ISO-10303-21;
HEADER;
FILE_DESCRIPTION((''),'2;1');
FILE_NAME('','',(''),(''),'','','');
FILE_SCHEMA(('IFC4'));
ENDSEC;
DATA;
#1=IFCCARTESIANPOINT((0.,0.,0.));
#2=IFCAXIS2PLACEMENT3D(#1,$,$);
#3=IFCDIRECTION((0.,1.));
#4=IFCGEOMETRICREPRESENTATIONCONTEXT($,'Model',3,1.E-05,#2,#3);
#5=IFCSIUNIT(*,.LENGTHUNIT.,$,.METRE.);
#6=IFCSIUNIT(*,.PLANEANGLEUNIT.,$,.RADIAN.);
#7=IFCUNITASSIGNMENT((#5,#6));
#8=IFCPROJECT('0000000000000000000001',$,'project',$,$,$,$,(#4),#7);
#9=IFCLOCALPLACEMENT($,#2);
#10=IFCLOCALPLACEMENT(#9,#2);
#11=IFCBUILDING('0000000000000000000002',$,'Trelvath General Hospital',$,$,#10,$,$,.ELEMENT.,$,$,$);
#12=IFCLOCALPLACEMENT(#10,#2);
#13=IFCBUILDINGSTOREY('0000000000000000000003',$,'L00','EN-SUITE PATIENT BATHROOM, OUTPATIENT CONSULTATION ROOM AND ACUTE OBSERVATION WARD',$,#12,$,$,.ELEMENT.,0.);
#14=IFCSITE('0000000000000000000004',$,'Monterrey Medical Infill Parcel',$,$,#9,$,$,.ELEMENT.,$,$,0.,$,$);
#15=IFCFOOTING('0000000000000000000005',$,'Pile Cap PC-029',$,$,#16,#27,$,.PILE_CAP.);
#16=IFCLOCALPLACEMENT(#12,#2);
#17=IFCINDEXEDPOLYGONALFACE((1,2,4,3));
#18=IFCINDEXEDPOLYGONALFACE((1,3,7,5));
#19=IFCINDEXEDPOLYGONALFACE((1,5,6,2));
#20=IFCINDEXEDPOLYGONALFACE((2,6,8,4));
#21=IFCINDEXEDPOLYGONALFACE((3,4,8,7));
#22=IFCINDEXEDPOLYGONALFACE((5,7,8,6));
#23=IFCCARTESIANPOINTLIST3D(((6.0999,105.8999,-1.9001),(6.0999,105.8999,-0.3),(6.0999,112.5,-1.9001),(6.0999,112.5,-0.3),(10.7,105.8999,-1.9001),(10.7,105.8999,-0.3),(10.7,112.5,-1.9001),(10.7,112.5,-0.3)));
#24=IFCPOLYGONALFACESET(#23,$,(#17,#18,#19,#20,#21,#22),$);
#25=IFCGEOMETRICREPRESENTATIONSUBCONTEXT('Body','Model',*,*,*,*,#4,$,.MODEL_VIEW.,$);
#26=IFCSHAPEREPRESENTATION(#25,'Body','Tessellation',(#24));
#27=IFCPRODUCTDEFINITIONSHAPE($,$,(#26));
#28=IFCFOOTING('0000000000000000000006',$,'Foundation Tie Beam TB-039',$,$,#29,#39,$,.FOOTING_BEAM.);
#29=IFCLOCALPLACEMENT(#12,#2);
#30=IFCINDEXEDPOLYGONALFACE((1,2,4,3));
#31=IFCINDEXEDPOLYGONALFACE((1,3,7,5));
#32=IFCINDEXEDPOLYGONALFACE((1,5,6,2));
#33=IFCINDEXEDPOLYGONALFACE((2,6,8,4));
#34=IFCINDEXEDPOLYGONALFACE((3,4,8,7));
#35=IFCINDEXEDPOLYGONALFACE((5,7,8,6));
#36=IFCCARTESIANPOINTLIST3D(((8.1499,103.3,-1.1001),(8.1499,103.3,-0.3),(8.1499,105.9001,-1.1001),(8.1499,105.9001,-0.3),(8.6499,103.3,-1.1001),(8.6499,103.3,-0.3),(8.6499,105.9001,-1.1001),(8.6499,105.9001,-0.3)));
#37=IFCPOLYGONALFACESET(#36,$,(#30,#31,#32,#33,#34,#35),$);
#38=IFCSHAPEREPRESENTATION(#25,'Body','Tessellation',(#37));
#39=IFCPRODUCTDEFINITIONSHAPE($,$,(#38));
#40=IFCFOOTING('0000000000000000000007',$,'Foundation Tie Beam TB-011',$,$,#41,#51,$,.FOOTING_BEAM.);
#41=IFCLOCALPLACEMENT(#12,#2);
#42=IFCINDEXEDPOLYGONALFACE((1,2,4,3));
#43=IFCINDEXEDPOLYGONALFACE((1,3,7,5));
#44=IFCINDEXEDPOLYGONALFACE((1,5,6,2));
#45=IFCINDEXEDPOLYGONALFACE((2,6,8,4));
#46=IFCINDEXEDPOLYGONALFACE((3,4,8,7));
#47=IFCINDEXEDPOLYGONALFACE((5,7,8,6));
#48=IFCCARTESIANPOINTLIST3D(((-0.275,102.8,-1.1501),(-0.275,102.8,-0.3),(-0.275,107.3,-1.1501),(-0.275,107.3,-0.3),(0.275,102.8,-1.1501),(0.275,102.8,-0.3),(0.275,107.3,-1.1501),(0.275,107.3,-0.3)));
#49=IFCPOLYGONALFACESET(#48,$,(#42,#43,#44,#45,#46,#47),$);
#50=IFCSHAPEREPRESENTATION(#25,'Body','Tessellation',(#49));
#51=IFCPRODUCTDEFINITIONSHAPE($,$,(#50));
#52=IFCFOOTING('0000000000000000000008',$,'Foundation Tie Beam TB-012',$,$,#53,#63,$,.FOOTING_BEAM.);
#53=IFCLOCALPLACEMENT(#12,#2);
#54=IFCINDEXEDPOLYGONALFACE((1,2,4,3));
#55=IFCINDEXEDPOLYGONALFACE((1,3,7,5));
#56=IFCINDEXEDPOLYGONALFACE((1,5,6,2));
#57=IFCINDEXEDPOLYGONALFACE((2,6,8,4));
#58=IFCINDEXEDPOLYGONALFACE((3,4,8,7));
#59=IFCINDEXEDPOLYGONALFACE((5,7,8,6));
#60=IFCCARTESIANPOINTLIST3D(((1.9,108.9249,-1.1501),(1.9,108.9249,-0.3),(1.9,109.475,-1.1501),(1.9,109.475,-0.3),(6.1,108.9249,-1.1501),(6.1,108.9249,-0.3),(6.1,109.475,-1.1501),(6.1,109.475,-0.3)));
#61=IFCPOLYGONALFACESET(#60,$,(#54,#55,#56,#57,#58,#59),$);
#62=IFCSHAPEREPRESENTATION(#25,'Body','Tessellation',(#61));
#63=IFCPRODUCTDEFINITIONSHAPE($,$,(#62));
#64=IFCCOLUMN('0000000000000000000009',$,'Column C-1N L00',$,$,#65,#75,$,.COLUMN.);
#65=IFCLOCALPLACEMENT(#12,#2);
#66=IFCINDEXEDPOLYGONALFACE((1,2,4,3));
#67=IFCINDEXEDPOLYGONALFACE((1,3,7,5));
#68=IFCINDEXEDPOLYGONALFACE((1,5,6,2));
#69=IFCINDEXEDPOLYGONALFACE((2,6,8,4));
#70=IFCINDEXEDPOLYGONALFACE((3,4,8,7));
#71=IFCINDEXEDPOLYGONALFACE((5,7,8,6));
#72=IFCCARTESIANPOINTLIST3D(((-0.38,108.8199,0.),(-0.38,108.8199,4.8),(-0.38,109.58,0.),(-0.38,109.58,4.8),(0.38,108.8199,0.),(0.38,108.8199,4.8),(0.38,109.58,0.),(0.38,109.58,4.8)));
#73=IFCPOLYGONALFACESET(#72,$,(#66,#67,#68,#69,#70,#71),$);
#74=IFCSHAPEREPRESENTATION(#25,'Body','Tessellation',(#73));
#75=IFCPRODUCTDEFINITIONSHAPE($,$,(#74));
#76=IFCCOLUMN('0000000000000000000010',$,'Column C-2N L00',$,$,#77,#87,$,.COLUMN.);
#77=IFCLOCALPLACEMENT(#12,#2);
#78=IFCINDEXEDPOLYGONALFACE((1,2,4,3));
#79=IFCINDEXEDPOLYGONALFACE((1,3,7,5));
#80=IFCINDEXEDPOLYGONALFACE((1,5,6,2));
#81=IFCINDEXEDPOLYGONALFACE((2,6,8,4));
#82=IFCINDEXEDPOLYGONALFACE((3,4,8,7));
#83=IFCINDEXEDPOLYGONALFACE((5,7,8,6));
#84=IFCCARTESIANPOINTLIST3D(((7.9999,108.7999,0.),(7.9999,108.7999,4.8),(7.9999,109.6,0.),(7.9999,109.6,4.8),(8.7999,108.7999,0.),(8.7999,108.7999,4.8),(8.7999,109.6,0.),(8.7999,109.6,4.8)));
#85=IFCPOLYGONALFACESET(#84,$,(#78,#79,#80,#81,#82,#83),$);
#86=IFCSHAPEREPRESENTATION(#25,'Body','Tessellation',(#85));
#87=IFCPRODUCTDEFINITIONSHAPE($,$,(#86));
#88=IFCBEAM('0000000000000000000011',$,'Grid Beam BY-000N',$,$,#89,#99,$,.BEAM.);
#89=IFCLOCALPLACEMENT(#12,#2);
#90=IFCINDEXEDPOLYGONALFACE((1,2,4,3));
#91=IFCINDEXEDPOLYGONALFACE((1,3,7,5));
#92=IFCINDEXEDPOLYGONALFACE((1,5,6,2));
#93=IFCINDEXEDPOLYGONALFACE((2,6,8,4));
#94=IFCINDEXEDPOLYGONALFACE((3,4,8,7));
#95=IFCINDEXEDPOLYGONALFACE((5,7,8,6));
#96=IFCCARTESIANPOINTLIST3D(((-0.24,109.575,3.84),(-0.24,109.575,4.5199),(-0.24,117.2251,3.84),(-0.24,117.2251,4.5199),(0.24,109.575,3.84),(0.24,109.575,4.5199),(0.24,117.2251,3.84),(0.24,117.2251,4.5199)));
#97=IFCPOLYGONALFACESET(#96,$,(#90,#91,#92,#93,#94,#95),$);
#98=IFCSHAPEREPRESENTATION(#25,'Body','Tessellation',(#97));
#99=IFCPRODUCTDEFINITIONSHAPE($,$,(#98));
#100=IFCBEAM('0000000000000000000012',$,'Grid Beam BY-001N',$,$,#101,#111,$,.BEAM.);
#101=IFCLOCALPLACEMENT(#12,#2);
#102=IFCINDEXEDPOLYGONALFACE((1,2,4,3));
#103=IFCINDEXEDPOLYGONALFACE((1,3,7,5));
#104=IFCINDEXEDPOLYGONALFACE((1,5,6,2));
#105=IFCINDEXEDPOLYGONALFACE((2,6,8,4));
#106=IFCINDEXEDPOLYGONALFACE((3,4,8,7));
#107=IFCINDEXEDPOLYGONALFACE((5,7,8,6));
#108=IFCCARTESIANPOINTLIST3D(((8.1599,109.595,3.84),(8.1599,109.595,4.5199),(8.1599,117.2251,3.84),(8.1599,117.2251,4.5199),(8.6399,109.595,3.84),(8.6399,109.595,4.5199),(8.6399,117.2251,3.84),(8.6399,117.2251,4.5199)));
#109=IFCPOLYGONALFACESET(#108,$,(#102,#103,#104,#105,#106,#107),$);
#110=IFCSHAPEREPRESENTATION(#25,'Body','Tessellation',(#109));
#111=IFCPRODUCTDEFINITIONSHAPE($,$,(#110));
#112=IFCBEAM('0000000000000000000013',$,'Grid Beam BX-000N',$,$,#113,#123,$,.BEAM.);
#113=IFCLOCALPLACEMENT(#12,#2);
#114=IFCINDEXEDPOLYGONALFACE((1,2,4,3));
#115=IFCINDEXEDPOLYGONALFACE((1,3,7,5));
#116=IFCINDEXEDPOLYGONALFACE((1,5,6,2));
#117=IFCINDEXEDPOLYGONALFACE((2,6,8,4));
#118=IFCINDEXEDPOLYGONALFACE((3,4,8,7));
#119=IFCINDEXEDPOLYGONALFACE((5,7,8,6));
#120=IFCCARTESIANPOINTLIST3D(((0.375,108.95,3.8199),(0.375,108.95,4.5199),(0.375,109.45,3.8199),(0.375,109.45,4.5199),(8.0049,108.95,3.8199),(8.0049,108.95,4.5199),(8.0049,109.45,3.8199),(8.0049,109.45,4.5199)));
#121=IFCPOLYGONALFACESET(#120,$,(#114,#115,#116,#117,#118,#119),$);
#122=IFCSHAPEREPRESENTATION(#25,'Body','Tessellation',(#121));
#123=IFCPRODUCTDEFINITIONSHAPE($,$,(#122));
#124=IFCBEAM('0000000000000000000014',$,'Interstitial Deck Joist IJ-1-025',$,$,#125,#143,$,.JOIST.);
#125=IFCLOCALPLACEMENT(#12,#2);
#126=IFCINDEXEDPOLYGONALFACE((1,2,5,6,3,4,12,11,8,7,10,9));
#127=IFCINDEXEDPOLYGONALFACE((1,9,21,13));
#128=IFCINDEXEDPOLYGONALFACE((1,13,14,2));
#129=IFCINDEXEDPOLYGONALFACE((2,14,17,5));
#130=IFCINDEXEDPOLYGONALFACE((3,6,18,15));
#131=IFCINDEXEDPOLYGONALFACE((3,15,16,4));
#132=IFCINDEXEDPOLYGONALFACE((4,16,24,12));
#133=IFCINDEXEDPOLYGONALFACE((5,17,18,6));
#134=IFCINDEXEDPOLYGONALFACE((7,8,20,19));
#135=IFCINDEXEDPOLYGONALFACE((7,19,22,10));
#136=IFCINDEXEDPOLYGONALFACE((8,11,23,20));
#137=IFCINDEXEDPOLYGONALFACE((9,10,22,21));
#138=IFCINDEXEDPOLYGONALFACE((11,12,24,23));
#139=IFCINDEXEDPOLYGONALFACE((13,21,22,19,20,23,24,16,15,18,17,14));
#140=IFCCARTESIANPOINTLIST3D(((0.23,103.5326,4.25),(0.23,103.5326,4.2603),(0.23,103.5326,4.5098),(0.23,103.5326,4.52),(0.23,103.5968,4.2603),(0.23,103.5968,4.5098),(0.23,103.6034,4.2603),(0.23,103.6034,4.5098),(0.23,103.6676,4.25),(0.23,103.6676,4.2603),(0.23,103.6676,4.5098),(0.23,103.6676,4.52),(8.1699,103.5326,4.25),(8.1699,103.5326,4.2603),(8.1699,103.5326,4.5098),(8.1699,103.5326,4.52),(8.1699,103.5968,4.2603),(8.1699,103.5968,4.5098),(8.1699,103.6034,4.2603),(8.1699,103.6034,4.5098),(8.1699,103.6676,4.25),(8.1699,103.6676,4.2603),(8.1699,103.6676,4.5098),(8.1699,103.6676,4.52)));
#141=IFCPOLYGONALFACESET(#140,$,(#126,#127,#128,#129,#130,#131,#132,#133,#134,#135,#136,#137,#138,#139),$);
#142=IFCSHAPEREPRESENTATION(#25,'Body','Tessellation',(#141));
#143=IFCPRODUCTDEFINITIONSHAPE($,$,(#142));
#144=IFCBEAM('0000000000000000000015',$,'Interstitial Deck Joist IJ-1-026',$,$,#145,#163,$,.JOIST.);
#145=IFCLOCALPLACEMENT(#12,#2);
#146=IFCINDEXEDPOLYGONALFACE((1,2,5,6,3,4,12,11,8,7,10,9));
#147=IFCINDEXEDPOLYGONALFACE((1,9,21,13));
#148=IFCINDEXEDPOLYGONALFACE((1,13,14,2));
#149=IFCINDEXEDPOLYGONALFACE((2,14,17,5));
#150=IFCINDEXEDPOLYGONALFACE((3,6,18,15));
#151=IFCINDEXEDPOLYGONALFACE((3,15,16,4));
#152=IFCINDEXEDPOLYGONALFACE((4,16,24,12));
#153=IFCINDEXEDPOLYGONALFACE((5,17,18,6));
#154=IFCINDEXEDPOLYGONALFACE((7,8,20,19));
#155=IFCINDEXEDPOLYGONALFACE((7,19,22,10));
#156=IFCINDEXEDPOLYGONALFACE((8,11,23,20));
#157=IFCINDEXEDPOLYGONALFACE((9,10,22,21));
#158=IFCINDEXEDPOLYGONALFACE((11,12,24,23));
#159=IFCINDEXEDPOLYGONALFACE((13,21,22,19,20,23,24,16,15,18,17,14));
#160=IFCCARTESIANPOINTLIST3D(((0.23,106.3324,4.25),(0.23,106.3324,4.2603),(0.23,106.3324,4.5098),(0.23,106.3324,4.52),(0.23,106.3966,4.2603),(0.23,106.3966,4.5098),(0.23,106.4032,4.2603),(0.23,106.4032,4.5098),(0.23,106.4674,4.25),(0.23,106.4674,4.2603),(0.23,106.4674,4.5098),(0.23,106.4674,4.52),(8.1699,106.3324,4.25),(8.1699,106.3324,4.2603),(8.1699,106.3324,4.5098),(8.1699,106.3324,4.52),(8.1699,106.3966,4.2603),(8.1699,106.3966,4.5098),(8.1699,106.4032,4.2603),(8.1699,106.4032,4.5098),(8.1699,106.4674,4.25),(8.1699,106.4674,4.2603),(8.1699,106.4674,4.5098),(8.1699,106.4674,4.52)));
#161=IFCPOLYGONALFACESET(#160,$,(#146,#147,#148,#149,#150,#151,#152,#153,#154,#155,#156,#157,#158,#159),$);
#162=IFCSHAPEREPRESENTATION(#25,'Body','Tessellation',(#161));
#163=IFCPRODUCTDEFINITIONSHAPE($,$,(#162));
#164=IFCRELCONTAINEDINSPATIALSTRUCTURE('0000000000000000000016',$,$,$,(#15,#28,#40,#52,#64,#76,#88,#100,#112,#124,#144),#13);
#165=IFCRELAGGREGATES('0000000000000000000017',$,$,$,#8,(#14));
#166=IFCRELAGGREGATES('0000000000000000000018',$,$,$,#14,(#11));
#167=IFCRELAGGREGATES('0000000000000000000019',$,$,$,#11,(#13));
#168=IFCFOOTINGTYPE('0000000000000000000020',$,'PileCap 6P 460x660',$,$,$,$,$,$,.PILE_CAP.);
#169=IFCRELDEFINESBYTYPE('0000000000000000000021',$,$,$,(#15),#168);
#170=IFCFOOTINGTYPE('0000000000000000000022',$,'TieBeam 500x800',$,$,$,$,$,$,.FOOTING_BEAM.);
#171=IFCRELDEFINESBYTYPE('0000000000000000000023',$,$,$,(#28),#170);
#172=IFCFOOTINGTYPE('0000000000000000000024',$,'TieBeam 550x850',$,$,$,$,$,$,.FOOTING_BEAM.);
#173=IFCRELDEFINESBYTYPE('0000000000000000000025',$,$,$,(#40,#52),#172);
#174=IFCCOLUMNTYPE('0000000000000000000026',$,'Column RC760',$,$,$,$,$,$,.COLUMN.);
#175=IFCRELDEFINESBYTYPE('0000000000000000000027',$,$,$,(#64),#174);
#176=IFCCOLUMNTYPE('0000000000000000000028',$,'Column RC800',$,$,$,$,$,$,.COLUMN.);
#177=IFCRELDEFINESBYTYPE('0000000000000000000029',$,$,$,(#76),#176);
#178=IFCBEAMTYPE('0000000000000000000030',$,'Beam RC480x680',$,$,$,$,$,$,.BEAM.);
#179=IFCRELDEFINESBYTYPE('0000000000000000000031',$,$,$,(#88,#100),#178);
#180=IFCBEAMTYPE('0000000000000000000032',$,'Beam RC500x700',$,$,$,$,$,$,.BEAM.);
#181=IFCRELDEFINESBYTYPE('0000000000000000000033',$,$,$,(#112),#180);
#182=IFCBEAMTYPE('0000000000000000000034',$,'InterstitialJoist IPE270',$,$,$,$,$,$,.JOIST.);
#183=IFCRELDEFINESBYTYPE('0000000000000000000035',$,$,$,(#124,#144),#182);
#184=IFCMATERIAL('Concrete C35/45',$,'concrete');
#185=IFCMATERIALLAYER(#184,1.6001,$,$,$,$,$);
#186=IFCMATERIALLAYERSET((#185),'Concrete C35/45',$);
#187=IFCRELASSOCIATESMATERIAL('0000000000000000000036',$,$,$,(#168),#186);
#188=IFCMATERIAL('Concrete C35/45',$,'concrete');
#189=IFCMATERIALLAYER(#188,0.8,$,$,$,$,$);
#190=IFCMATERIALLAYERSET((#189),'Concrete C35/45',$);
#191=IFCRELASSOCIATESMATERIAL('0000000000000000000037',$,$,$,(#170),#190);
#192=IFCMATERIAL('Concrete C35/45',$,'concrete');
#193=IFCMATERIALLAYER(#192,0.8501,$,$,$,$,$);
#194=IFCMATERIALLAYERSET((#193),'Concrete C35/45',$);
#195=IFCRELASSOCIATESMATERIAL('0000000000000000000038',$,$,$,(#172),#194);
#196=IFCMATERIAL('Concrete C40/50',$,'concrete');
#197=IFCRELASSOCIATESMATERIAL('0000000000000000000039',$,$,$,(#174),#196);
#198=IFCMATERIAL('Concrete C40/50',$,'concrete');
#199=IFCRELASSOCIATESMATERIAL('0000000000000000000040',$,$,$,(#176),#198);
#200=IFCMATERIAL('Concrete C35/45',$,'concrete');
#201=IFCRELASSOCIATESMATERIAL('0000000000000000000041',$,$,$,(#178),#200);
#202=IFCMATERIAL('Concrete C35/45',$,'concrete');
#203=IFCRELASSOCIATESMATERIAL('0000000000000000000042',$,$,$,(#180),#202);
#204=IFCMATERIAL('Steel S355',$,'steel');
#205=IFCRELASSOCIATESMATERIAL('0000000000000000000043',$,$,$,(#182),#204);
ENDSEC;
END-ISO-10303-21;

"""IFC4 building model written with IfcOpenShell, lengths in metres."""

from ifc_helpers import new_model, si_unit, direction, frame, origin, origin_2d, place, context, subcontext, project, spatial, rectangle, i_section, extrude, material, layer, layer_set, material_profile, profile_set, type_object, element, save


model = new_model("IFC4")

# Units and contexts
model_context = context("Model", 3, precision=1e-05, world=origin(), true_north=direction((0.0, 1.0)))
body_context = subcontext(model_context, "Body", "Model", "MODEL_VIEW")
ifc_project = project(units=[si_unit("LENGTHUNIT", "METRE"), si_unit("PLANEANGLEUNIT", "RADIAN")], contexts=[model_context])

# Site, building, storey
site_placement = place(None, origin())
site = spatial("IfcSite", under=ifc_project, at=site_placement, Name="Monterrey Medical Infill Parcel", CompositionType="ELEMENT", RefElevation=0.0)
building_placement = place(site_placement, origin())
building = spatial("IfcBuilding", under=site, at=building_placement, Name="Trelvath General Hospital", CompositionType="ELEMENT")
storey_placement = place(building_placement, origin())
storey = spatial("IfcBuildingStorey", under=building, at=storey_placement, Name="L00", Description="EN-SUITE PATIENT BATHROOM, OUTPATIENT CONSULTATION ROOM AND ACUTE OBSERVATION WARD", CompositionType="ELEMENT", Elevation=0.0)

# Footings
ifc_material_1 = material(Name="Concrete C35/45", Category="concrete")
ifc_layer_1 = layer(ifc_material_1, 1.6001)
ifc_layer_set_1 = layer_set([ifc_layer_1], Name="Concrete C35/45")
footing_type_1 = type_object("IfcFootingType", Name="PileCap 6P 460x660", PredefinedType="PILE_CAP", material=ifc_layer_set_1)
footing_1_placement = place(storey_placement, frame((8.3999, 109.2, -1.9001), z_axis=(0.0, 0.0, 1.0), x_axis=(1.0, 0.0, 0.0)))
element("IfcFooting", 1, at=footing_1_placement, inside=storey, type_object=footing_type_1, Name="Pile Cap PC-029", PredefinedType="PILE_CAP", context=body_context, shape_type="SweptSolid", body=[
    extrude(rectangle(XDim=4.6001, YDim=6.6001, at=origin_2d()), origin(), (0.0, 0.0, 1.0), 1.6001),
])
ifc_material_2 = material(Name="Concrete C35/45", Category="concrete")
ifc_layer_2 = layer(ifc_material_2, 0.8)
ifc_layer_set_2 = layer_set([ifc_layer_2], Name="Concrete C35/45")
footing_type_2 = type_object("IfcFootingType", Name="TieBeam 500x800", PredefinedType="FOOTING_BEAM", material=ifc_layer_set_2)
footing_2_placement = place(storey_placement, frame((8.3999, 104.6001, -1.1001), z_axis=(0.0, 0.0, 1.0), x_axis=(1.0, 0.0, 0.0)))
element("IfcFooting", 2, at=footing_2_placement, inside=storey, type_object=footing_type_2, Name="Foundation Tie Beam TB-039", PredefinedType="FOOTING_BEAM", context=body_context, shape_type="SweptSolid", body=[
    extrude(rectangle(XDim=0.5, YDim=2.6001, at=origin_2d()), origin(), (0.0, 0.0, 1.0), 0.8),
])
ifc_material_3 = material(Name="Concrete C35/45", Category="concrete")
ifc_layer_3 = layer(ifc_material_3, 0.8501)
ifc_layer_set_3 = layer_set([ifc_layer_3], Name="Concrete C35/45")
footing_type_3 = type_object("IfcFootingType", Name="TieBeam 550x850", PredefinedType="FOOTING_BEAM", material=ifc_layer_set_3)
footing_3_placement = place(storey_placement, frame((0.0, 105.05, -1.1501), z_axis=(0.0, 0.0, 1.0), x_axis=(1.0, 0.0, 0.0)))
element("IfcFooting", 3, at=footing_3_placement, inside=storey, type_object=footing_type_3, Name="Foundation Tie Beam TB-011", PredefinedType="FOOTING_BEAM", context=body_context, shape_type="SweptSolid", body=[
    extrude(rectangle(XDim=0.55, YDim=4.5, at=origin_2d()), origin(), (0.0, 0.0, 1.0), 0.8501),
])
footing_4_placement = place(storey_placement, frame((4.0, 109.2, -1.1501), z_axis=(0.0, 0.0, 1.0), x_axis=(1.0, 0.0, 0.0)))
element("IfcFooting", 4, at=footing_4_placement, inside=storey, type_object=footing_type_3, Name="Foundation Tie Beam TB-012", PredefinedType="FOOTING_BEAM", context=body_context, shape_type="SweptSolid", body=[
    extrude(rectangle(XDim=4.2, YDim=0.55, at=origin_2d()), origin(), (0.0, 0.0, 1.0), 0.8501),
])

# Columns
ifc_material_4 = material(Name="Concrete C40/50", Category="concrete")
ifc_material_profile_1 = material_profile(ifc_material_4, rectangle(XDim=0.76, YDim=0.76, at=origin_2d()), Name="RC760x760")
ifc_profile_set_1 = profile_set([ifc_material_profile_1], Name="Concrete C40/50")
column_type_1 = type_object("IfcColumnType", Name="Column RC760", PredefinedType="COLUMN", material=ifc_profile_set_1)
column_1_placement = place(storey_placement, frame((0.0, 109.2, 0.0), z_axis=(0.0, 0.0, 1.0), x_axis=(1.0, 0.0, 0.0)))
element("IfcColumn", 5, at=column_1_placement, inside=storey, type_object=column_type_1, Name="Column C-1N L00", PredefinedType="COLUMN", context=body_context, shape_type="SweptSolid", body=[
    extrude(rectangle(XDim=0.76, YDim=0.76, at=origin_2d()), origin(), (0.0, 0.0, 1.0), 4.8),
])
ifc_material_5 = material(Name="Concrete C40/50", Category="concrete")
ifc_material_profile_2 = material_profile(ifc_material_5, rectangle(XDim=0.8, YDim=0.8, at=origin_2d()), Name="RC800x800")
ifc_profile_set_2 = profile_set([ifc_material_profile_2], Name="Concrete C40/50")
column_type_2 = type_object("IfcColumnType", Name="Column RC800", PredefinedType="COLUMN", material=ifc_profile_set_2)
column_2_placement = place(storey_placement, frame((8.3999, 109.2, 0.0), z_axis=(0.0, 0.0, 1.0), x_axis=(1.0, 0.0, 0.0)))
element("IfcColumn", 6, at=column_2_placement, inside=storey, type_object=column_type_2, Name="Column C-2N L00", PredefinedType="COLUMN", context=body_context, shape_type="SweptSolid", body=[
    extrude(rectangle(XDim=0.8, YDim=0.8, at=origin_2d()), origin(), (0.0, 0.0, 1.0), 4.8),
])

# Beams
ifc_material_6 = material(Name="Concrete C35/45", Category="concrete")
ifc_material_profile_3 = material_profile(ifc_material_6, rectangle(XDim=0.48, YDim=0.6799, at=origin_2d()), Name="RCB480x680")
ifc_profile_set_3 = profile_set([ifc_material_profile_3], Name="Concrete C35/45")
beam_type_1 = type_object("IfcBeamType", Name="Beam RC480x680", PredefinedType="BEAM", material=ifc_profile_set_3)
beam_1_placement = place(storey_placement, frame((0.0, 109.575, 4.1799), z_axis=(0.0, 1.0, 0.0), x_axis=(-1.0, 0.0, 0.0)))
element("IfcBeam", 7, at=beam_1_placement, inside=storey, type_object=beam_type_1, Name="Grid Beam BY-000N", PredefinedType="BEAM", context=body_context, shape_type="SweptSolid", body=[
    extrude(rectangle(XDim=0.48, YDim=0.6799, at=origin_2d()), origin(), (0.0, 0.0, 1.0), 7.6501),
])
beam_2_placement = place(storey_placement, frame((8.3999, 109.595, 4.1799), z_axis=(0.0, 1.0, 0.0), x_axis=(-1.0, 0.0, 0.0)))
element("IfcBeam", 8, at=beam_2_placement, inside=storey, type_object=beam_type_1, Name="Grid Beam BY-001N", PredefinedType="BEAM", context=body_context, shape_type="SweptSolid", body=[
    extrude(rectangle(XDim=0.48, YDim=0.6799, at=origin_2d()), origin(), (0.0, 0.0, 1.0), 7.6301),
])
ifc_material_7 = material(Name="Concrete C35/45", Category="concrete")
ifc_material_profile_4 = material_profile(ifc_material_7, rectangle(XDim=0.5, YDim=0.7, at=origin_2d()), Name="RCB500x700")
ifc_profile_set_4 = profile_set([ifc_material_profile_4], Name="Concrete C35/45")
beam_type_2 = type_object("IfcBeamType", Name="Beam RC500x700", PredefinedType="BEAM", material=ifc_profile_set_4)
beam_3_placement = place(storey_placement, frame((0.375, 109.2, 4.1699), z_axis=(1.0, 0.0, 0.0), x_axis=(0.0, 1.0, 0.0)))
element("IfcBeam", 9, at=beam_3_placement, inside=storey, type_object=beam_type_2, Name="Grid Beam BX-000N", PredefinedType="BEAM", context=body_context, shape_type="SweptSolid", body=[
    extrude(rectangle(XDim=0.5, YDim=0.7, at=origin_2d()), origin(), (0.0, 0.0, 1.0), 7.6299),
])
ifc_material_8 = material(Name="Steel S355", Category="steel")
ifc_material_profile_5 = material_profile(ifc_material_8, i_section(OverallWidth=0.135, OverallDepth=0.27, WebThickness=0.0066, FlangeThickness=0.0103, at=origin_2d()), Name="IPE270")
ifc_profile_set_5 = profile_set([ifc_material_profile_5], Name="Steel S355")
beam_type_3 = type_object("IfcBeamType", Name="InterstitialJoist IPE270", PredefinedType="JOIST", material=ifc_profile_set_5)
for number, where, z_axis, x_axis, name in (
    (10, (0.23, 103.6001, 4.385), (1.0, 0.0, 0.0), (0.0, 1.0, 0.0), "Interstitial Deck Joist IJ-1-025"),
    (11, (0.23, 106.3999, 4.385), (1.0, 0.0, 0.0), (0.0, 1.0, 0.0), "Interstitial Deck Joist IJ-1-026"),
):
    element("IfcBeam", number, at=place(storey_placement, frame(where, z_axis=z_axis, x_axis=x_axis)), inside=storey, type_object=beam_type_3, Name=name, PredefinedType="JOIST", context=body_context, shape_type="SweptSolid", body=[
        extrude(i_section(OverallWidth=0.135, OverallDepth=0.27, WebThickness=0.0066, FlangeThickness=0.0103, at=origin_2d()), origin(), (0.0, 0.0, 1.0), 7.9399),
    ])

save(model, "model.ifc")
